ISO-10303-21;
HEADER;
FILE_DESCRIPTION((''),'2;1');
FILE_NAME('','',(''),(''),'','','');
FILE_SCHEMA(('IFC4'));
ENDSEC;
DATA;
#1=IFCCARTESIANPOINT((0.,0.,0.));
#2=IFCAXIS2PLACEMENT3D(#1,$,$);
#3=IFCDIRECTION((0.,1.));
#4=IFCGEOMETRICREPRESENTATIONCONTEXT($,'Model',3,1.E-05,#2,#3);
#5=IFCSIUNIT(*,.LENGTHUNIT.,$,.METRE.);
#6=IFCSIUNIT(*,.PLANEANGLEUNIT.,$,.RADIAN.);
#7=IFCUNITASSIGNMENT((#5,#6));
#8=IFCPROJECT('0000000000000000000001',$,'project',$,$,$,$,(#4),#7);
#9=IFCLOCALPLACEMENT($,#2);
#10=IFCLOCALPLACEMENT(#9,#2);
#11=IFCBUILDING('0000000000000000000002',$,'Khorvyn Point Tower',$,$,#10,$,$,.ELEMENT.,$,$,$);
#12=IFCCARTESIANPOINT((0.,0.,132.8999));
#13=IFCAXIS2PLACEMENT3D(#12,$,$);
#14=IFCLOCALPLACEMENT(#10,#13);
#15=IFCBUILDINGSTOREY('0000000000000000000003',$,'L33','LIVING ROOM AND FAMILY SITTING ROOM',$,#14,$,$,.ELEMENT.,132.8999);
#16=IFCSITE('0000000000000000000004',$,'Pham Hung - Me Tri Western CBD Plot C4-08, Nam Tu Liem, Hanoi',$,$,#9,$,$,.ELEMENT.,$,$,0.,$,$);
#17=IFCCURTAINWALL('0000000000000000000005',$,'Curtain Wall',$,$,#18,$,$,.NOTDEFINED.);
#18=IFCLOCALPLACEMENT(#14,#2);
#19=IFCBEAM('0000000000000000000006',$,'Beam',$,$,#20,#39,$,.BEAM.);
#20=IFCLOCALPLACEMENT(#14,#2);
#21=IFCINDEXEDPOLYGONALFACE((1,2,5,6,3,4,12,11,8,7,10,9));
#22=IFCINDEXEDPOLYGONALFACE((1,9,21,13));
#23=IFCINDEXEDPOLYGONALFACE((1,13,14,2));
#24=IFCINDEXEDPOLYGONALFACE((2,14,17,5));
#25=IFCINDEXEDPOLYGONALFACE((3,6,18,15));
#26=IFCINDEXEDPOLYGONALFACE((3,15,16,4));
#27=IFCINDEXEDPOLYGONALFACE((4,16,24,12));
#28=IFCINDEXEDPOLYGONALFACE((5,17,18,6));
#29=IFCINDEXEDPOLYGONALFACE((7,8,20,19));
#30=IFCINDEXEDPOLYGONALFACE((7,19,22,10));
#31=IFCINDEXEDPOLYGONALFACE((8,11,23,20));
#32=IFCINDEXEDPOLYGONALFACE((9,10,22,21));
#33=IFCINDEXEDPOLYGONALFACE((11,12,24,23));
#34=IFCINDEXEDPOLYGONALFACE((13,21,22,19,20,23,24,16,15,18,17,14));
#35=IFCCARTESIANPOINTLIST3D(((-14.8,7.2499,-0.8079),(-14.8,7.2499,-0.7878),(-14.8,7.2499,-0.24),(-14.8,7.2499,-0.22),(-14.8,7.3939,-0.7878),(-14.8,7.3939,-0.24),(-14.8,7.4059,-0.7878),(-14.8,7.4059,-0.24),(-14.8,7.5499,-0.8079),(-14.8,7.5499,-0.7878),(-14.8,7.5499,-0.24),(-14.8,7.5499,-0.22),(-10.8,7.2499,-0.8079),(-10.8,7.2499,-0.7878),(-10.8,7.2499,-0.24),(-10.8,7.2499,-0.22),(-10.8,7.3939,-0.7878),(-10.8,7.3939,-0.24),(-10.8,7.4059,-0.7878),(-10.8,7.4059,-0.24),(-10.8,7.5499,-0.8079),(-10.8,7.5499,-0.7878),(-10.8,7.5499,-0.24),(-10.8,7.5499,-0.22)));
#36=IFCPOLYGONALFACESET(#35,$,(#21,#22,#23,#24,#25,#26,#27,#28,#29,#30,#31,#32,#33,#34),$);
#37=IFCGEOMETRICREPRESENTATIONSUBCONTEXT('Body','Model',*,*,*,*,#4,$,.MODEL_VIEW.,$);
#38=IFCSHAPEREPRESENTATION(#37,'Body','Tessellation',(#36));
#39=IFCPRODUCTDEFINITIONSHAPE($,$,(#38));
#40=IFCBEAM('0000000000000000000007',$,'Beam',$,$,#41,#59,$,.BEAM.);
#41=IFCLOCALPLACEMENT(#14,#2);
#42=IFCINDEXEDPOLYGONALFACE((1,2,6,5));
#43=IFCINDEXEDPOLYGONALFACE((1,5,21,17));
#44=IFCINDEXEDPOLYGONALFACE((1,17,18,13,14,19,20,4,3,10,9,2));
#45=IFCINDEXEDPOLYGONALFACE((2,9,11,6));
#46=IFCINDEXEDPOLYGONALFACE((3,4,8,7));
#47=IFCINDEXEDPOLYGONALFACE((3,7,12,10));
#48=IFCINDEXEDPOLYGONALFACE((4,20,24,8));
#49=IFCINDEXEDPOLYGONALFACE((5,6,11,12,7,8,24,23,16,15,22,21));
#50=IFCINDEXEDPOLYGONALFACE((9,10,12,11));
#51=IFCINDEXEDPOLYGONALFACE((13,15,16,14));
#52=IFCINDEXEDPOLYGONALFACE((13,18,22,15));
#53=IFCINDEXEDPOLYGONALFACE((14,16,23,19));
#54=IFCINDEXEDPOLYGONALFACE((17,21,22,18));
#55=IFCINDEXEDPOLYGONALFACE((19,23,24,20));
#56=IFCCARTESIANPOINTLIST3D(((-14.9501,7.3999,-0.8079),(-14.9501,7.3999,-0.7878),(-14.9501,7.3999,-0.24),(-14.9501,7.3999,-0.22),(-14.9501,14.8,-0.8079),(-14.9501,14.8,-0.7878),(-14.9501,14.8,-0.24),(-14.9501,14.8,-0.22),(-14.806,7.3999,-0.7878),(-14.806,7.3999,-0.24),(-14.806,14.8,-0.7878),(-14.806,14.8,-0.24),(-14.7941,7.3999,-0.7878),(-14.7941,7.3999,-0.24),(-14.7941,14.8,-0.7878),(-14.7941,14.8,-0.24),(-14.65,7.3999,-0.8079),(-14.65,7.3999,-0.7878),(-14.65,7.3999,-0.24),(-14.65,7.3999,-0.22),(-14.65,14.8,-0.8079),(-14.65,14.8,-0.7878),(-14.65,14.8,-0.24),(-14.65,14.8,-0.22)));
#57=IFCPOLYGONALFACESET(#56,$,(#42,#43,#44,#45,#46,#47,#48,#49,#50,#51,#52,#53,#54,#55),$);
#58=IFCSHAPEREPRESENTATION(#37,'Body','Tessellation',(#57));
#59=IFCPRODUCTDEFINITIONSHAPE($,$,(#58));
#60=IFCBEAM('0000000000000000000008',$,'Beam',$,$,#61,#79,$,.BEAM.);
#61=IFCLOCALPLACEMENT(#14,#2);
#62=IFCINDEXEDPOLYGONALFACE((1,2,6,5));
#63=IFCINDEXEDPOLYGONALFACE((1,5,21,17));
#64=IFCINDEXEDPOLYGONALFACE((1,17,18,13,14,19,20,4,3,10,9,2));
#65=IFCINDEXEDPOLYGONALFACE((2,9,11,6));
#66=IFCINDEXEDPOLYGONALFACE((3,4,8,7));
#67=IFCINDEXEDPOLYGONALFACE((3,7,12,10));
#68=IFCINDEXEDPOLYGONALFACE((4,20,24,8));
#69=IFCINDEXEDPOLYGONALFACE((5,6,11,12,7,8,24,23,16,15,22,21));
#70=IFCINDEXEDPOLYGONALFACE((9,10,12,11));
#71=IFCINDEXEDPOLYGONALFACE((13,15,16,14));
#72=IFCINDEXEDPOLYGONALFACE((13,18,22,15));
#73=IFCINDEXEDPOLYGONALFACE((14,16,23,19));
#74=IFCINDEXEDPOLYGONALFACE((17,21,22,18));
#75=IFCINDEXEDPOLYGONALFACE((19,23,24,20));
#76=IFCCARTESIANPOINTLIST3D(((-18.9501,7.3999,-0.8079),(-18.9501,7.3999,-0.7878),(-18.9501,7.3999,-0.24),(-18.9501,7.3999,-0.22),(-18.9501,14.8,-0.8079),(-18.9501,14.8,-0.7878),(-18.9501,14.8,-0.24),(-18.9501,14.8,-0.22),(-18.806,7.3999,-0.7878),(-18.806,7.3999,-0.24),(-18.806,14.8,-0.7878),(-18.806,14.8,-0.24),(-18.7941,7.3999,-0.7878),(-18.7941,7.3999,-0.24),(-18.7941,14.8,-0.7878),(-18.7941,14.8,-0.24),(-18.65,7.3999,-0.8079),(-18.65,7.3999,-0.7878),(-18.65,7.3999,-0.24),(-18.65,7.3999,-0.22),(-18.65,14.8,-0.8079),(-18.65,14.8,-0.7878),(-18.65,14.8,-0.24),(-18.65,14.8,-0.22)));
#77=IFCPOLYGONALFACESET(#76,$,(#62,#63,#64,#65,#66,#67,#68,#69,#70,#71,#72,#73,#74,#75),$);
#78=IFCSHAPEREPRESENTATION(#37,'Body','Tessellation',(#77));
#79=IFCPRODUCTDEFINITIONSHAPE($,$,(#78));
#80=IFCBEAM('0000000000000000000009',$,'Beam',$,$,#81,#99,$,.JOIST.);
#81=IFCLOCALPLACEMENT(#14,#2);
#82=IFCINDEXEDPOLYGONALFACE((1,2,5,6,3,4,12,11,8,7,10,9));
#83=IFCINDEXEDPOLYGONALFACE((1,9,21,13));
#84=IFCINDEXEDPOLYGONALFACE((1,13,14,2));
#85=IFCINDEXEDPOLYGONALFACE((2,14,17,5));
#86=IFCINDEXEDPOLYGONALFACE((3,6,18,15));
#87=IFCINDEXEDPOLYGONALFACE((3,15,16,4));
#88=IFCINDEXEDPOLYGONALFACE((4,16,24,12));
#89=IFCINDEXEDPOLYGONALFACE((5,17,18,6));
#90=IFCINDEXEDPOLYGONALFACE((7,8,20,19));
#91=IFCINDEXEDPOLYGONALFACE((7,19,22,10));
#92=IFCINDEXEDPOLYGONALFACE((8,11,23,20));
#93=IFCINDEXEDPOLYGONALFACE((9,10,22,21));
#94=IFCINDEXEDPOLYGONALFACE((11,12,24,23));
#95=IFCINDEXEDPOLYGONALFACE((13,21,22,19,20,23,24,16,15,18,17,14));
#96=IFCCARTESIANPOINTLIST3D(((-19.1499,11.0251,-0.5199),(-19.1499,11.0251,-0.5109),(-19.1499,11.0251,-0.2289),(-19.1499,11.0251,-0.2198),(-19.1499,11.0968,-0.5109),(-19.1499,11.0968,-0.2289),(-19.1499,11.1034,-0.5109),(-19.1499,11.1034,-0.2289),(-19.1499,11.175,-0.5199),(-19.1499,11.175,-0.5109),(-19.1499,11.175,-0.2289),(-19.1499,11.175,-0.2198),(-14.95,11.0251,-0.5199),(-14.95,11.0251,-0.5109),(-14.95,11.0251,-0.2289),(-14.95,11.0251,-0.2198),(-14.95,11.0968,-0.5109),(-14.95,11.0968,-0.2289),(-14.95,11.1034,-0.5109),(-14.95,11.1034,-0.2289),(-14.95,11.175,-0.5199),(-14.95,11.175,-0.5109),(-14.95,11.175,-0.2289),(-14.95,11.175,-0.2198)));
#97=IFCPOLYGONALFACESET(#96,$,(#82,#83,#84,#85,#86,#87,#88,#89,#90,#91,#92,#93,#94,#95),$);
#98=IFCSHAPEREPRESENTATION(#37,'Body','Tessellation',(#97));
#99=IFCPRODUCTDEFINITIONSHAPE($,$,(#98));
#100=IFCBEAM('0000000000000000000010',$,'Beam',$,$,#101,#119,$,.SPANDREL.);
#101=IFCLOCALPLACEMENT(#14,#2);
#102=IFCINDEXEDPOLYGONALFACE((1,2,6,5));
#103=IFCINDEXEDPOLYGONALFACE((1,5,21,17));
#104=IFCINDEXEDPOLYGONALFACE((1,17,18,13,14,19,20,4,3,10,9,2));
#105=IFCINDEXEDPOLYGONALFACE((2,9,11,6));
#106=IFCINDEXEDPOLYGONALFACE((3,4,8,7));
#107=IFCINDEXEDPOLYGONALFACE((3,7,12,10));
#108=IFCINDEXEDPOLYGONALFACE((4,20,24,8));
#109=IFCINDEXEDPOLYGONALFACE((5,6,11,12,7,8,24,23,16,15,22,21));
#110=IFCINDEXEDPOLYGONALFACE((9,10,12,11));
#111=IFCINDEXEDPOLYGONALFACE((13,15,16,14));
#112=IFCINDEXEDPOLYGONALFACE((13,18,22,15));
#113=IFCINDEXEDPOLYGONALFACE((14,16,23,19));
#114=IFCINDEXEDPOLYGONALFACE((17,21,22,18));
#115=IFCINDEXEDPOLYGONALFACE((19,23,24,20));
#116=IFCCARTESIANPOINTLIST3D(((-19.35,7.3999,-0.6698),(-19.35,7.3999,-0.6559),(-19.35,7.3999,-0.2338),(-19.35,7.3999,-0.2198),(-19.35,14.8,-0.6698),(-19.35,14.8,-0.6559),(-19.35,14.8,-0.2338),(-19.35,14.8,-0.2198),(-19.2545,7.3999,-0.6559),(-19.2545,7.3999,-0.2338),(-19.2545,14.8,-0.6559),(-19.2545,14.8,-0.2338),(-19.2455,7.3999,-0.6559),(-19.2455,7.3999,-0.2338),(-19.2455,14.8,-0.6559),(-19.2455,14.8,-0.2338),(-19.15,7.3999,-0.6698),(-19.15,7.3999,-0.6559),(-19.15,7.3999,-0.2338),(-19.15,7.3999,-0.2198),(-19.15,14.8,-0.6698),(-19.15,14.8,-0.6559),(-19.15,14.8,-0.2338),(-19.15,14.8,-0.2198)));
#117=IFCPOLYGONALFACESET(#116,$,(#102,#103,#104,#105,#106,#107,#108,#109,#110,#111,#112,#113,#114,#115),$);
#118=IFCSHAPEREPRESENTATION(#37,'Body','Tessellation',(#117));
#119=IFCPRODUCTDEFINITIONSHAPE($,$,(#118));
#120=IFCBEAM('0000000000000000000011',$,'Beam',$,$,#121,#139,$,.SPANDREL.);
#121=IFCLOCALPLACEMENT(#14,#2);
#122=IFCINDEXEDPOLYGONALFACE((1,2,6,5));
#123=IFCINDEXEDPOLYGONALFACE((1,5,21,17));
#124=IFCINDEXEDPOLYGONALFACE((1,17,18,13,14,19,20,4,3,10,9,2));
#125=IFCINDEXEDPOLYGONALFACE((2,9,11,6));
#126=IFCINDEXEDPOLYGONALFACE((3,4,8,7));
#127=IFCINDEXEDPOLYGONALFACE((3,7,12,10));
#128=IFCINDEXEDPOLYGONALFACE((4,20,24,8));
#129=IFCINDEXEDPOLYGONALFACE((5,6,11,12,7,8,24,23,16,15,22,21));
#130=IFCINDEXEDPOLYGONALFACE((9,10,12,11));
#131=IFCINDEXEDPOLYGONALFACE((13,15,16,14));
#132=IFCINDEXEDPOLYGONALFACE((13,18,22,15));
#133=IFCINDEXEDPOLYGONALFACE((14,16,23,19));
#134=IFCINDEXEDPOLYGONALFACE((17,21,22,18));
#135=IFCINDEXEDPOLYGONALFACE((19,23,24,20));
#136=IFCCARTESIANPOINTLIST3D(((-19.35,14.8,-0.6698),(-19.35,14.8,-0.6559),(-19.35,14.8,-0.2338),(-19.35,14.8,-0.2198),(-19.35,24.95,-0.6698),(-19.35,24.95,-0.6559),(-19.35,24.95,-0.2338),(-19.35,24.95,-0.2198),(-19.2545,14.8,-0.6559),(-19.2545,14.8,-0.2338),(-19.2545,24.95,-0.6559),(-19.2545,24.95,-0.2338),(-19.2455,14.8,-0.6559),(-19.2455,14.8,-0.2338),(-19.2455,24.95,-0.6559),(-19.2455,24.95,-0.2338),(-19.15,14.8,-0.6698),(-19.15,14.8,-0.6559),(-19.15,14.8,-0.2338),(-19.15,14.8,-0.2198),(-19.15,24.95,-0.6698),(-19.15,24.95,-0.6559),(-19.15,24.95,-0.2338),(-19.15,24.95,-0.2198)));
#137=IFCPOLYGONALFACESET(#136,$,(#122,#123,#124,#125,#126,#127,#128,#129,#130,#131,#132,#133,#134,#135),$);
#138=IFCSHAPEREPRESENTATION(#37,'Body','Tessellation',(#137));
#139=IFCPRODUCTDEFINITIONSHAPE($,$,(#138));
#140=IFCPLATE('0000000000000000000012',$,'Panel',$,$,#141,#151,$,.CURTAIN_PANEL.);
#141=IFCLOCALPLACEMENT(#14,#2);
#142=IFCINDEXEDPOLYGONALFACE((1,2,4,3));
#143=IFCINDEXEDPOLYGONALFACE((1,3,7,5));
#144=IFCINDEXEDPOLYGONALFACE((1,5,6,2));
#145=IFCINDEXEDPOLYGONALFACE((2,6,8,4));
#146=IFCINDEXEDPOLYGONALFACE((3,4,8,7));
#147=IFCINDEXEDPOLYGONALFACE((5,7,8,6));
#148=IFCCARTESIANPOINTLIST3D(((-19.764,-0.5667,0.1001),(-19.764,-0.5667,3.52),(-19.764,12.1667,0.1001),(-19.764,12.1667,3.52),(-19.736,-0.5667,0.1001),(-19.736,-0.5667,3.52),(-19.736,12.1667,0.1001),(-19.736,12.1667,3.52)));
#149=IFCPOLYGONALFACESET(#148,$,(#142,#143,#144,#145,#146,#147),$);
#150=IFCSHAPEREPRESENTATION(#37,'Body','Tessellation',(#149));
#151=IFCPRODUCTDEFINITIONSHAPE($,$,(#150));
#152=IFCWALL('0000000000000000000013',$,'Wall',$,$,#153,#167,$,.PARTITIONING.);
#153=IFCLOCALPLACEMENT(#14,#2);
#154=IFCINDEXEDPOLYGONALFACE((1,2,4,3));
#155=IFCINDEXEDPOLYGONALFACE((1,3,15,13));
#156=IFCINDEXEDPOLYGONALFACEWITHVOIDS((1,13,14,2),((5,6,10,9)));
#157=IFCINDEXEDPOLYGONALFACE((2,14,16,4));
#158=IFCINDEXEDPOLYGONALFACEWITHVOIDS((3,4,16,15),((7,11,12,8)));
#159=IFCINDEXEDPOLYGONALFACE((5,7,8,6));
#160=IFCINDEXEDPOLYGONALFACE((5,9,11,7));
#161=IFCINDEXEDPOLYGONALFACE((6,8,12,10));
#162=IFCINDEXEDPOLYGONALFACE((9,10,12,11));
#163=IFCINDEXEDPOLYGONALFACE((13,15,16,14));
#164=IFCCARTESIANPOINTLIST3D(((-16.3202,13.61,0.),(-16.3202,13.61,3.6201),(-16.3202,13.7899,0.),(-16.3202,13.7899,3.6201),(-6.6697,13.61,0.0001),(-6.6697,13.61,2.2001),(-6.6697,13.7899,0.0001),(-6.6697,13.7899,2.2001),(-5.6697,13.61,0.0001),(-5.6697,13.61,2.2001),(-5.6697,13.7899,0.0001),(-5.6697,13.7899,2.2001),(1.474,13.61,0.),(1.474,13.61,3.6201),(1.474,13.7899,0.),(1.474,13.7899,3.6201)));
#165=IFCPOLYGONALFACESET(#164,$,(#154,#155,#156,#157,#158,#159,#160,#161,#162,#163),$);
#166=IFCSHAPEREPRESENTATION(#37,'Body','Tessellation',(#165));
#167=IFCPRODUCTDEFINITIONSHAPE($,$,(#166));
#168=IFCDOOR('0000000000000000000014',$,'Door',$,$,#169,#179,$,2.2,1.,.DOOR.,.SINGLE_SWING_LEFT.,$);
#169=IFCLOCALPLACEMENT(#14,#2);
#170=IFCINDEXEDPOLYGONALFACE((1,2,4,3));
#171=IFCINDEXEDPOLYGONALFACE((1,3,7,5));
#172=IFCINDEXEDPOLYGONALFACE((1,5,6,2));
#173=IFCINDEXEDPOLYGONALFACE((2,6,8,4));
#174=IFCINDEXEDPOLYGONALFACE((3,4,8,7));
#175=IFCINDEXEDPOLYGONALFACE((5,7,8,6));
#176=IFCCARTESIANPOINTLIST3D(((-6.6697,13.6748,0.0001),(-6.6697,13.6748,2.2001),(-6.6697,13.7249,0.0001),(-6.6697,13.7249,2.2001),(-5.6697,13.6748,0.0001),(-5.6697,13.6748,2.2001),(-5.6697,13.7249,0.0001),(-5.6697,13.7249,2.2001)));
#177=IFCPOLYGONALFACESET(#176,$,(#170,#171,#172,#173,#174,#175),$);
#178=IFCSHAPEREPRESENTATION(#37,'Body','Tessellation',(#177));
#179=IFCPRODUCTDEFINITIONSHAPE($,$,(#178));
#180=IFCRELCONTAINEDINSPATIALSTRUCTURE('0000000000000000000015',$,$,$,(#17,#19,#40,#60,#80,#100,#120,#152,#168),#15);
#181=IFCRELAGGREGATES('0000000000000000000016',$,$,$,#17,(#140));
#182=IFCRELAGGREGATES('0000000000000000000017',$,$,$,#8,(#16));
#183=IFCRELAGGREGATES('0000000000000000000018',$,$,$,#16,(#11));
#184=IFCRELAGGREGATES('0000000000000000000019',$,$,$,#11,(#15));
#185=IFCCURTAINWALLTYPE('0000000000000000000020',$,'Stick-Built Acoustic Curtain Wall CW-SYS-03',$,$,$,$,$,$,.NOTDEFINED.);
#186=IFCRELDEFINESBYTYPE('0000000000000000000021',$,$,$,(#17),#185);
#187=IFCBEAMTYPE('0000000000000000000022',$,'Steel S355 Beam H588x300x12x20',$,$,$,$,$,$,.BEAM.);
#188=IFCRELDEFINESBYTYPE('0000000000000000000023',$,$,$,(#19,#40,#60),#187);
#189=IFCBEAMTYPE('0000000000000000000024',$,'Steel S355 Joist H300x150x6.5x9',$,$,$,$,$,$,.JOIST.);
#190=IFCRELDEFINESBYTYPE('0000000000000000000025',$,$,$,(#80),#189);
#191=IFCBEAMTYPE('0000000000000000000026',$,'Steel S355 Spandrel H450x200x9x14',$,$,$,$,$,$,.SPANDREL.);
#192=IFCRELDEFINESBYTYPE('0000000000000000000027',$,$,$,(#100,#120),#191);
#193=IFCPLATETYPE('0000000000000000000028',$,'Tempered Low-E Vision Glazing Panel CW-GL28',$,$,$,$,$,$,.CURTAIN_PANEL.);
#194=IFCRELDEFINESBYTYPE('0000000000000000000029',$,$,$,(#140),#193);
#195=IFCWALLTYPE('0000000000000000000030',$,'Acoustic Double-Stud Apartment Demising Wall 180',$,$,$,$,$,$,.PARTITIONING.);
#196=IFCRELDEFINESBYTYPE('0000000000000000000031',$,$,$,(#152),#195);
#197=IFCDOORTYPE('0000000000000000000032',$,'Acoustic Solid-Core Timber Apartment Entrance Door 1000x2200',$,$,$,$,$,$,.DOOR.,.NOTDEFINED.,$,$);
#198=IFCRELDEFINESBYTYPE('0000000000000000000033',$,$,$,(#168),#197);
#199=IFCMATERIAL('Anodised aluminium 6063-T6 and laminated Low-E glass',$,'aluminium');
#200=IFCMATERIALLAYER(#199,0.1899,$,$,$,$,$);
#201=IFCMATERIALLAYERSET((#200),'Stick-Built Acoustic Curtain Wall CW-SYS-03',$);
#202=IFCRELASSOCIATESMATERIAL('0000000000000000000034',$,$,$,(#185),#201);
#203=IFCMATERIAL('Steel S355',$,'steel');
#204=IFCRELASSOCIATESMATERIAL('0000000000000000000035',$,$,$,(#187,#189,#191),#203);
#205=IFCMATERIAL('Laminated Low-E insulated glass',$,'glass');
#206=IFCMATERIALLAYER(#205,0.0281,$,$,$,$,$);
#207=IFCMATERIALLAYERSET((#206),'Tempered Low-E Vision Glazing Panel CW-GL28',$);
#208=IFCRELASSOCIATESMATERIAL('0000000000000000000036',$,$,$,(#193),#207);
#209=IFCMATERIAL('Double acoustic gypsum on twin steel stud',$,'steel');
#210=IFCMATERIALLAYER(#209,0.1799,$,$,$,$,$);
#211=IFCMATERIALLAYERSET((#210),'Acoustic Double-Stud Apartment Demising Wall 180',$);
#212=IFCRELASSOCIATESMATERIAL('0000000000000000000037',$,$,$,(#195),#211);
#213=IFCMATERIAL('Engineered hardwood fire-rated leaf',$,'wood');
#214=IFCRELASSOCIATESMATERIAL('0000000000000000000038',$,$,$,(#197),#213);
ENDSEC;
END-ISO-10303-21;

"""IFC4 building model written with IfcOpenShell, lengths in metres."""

from ifc_helpers import new_model, si_unit, direction, frame, frame_2d, origin, origin_2d, place, context, subcontext, project, spatial, rectangle, i_section, extrude, material, layer, layer_set, material_profile, profile_set, type_object, element, fill, aggregate, save


model = new_model("IFC4")

# Units and contexts
model_context = context("Model", 3, precision=1e-05, world=origin(), true_north=direction((0.0, 1.0)))
body_context = subcontext(model_context, "Body", "Model", "MODEL_VIEW")
ifc_project = project(units=[si_unit("LENGTHUNIT", "METRE"), si_unit("PLANEANGLEUNIT", "RADIAN")], contexts=[model_context])

# Site, building, storey
site_placement = place(None, origin())
site = spatial("IfcSite", under=ifc_project, at=site_placement, Name="Pham Hung - Me Tri Western CBD Plot C4-08, Nam Tu Liem, Hanoi", CompositionType="ELEMENT", RefElevation=0.0)
building_placement = place(site_placement, origin())
building = spatial("IfcBuilding", under=site, at=building_placement, Name="Khorvyn Point Tower", CompositionType="ELEMENT")
storey_placement = place(building_placement, frame((0.0, 0.0, 132.8999)))
storey = spatial("IfcBuildingStorey", under=building, at=storey_placement, Name="L33", Description="LIVING ROOM AND FAMILY SITTING ROOM", CompositionType="ELEMENT", Elevation=132.8999)

# Curtain wall
ifc_material_1 = material(Name="Anodised aluminium 6063-T6 and laminated Low-E glass", Category="aluminium")
ifc_layer_1 = layer(ifc_material_1, 0.1899)
ifc_layer_set_1 = layer_set([ifc_layer_1], Name="Stick-Built Acoustic Curtain Wall CW-SYS-03")
curtain_wall_type = type_object("IfcCurtainWallType", Name="Stick-Built Acoustic Curtain Wall CW-SYS-03", PredefinedType="NOTDEFINED", material=ifc_layer_set_1)
curtain_wall_placement = place(storey_placement, origin())
curtain_wall = element("IfcCurtainWall", 1, at=curtain_wall_placement, inside=storey, type_object=curtain_wall_type, Name="Curtain Wall", PredefinedType="NOTDEFINED")

# Beams
ifc_material_2 = material(Name="Steel S355", Category="steel")
ifc_material_profile_1 = material_profile(ifc_material_2, i_section(OverallWidth=0.3, OverallDepth=0.5879, WebThickness=0.012, FlangeThickness=0.02, at=origin_2d()))
ifc_profile_set_1 = profile_set([ifc_material_profile_1], Name="Steel S355 H588x300x12x20")
beam_type_1 = type_object("IfcBeamType", Name="Steel S355 Beam H588x300x12x20", PredefinedType="BEAM", material=ifc_profile_set_1)
beam_1_placement = place(storey_placement, frame((-14.8, 7.3999, -0.5139), z_axis=(1.0, 0.0, 0.0), x_axis=(0.0, 1.0, 0.0)))
element("IfcBeam", 2, at=beam_1_placement, inside=storey, type_object=beam_type_1, Name="Beam", PredefinedType="BEAM", context=body_context, shape_type="SweptSolid", body=[
    extrude(i_section(OverallWidth=0.3, OverallDepth=0.5879, WebThickness=0.012, FlangeThickness=0.02, at=origin_2d()), origin(), (0.0, 0.0, 1.0), 4.0),
])
for number, where, z_axis, x_axis, name in (
    (3, (-14.8, 7.3999, -0.5139), (0.0, 1.0, 0.0), (-1.0, 0.0, 0.0), "Beam"),
    (4, (-18.8, 7.3999, -0.5139), (0.0, 1.0, 0.0), (-1.0, 0.0, 0.0), "Beam"),
):
    element("IfcBeam", number, at=place(storey_placement, frame(where, z_axis=z_axis, x_axis=x_axis)), inside=storey, type_object=beam_type_1, Name=name, PredefinedType="BEAM", context=body_context, shape_type="SweptSolid", body=[
        extrude(i_section(OverallWidth=0.3, OverallDepth=0.5879, WebThickness=0.012, FlangeThickness=0.02, at=origin_2d()), origin(), (0.0, 0.0, 1.0), 7.4001),
    ])
ifc_material_profile_2 = material_profile(ifc_material_2, i_section(OverallWidth=0.1499, OverallDepth=0.3, WebThickness=0.0066, FlangeThickness=0.009, at=origin_2d()))
ifc_profile_set_2 = profile_set([ifc_material_profile_2], Name="Steel S355 H300x150x6.5x9")
beam_type_2 = type_object("IfcBeamType", Name="Steel S355 Joist H300x150x6.5x9", PredefinedType="JOIST", material=ifc_profile_set_2)
beam_2_placement = place(storey_placement, frame((-19.1499, 11.1001, -0.3699), z_axis=(1.0, 0.0, 0.0), x_axis=(0.0, 1.0, 0.0)))
element("IfcBeam", 5, at=beam_2_placement, inside=storey, type_object=beam_type_2, Name="Beam", PredefinedType="JOIST", context=body_context, shape_type="SweptSolid", body=[
    extrude(i_section(OverallWidth=0.1499, OverallDepth=0.3, WebThickness=0.0066, FlangeThickness=0.009, at=origin_2d()), origin(), (0.0, 0.0, 1.0), 4.2),
])
ifc_material_profile_3 = material_profile(ifc_material_2, i_section(OverallWidth=0.2, OverallDepth=0.45, WebThickness=0.009, FlangeThickness=0.0139, at=origin_2d()))
ifc_profile_set_3 = profile_set([ifc_material_profile_3], Name="Steel S355 H450x200x9x14")
beam_type_3 = type_object("IfcBeamType", Name="Steel S355 Spandrel H450x200x9x14", PredefinedType="SPANDREL", material=ifc_profile_set_3)
beam_3_placement = place(storey_placement, frame((-19.25, 7.3999, -0.4448), z_axis=(0.0, 1.0, 0.0), x_axis=(-1.0, 0.0, 0.0)))
element("IfcBeam", 6, at=beam_3_placement, inside=storey, type_object=beam_type_3, Name="Beam", PredefinedType="SPANDREL", context=body_context, shape_type="SweptSolid", body=[
    extrude(i_section(OverallWidth=0.2, OverallDepth=0.45, WebThickness=0.009, FlangeThickness=0.0139, at=origin_2d()), origin(), (0.0, 0.0, 1.0), 7.4001),
])
beam_4_placement = place(storey_placement, frame((-19.25, 14.8, -0.4448), z_axis=(0.0, 1.0, 0.0), x_axis=(-1.0, 0.0, 0.0)))
element("IfcBeam", 7, at=beam_4_placement, inside=storey, type_object=beam_type_3, Name="Beam", PredefinedType="SPANDREL", context=body_context, shape_type="SweptSolid", body=[
    extrude(i_section(OverallWidth=0.2, OverallDepth=0.45, WebThickness=0.009, FlangeThickness=0.0139, at=origin_2d()), origin(), (0.0, 0.0, 1.0), 10.1499),
])

# Plate
ifc_material_3 = material(Name="Laminated Low-E insulated glass", Category="glass")
ifc_layer_2 = layer(ifc_material_3, 0.0281)
ifc_layer_set_2 = layer_set([ifc_layer_2], Name="Tempered Low-E Vision Glazing Panel CW-GL28")
plate_type = type_object("IfcPlateType", Name="Tempered Low-E Vision Glazing Panel CW-GL28", PredefinedType="CURTAIN_PANEL", material=ifc_layer_set_2)
plate_placement = place(storey_placement, frame((-19.75, 5.8, 0.1001), z_axis=(0.0, 0.0, 1.0), x_axis=(0.0, 1.0, 0.0)))
plate = element("IfcPlate", 8, at=plate_placement, type_object=plate_type, Name="Panel", PredefinedType="CURTAIN_PANEL", context=body_context, shape_type="SweptSolid", body=[
    extrude(rectangle(XDim=12.7334, YDim=0.0281, at=origin_2d()), origin(), (0.0, 0.0, 1.0), 3.4199),
])
aggregate(curtain_wall, [plate])

# Wall, opening, door
ifc_material_4 = material(Name="Double acoustic gypsum on twin steel stud", Category="steel")
ifc_layer_3 = layer(ifc_material_4, 0.1799)
ifc_layer_set_3 = layer_set([ifc_layer_3], Name="Acoustic Double-Stud Apartment Demising Wall 180")
wall_type_1 = type_object("IfcWallType", Name="Acoustic Double-Stud Apartment Demising Wall 180", PredefinedType="PARTITIONING", material=ifc_layer_set_3)
wall_1_placement = place(storey_placement, frame((-16.3201, 13.7, 0.0), z_axis=(0.0, 0.0, 1.0), x_axis=(1.0, 0.0, 0.0)))
wall_1 = element("IfcWall", 9, at=wall_1_placement, inside=storey, type_object=wall_type_1, Name="Wall", PredefinedType="PARTITIONING", context=body_context, shape_type="SweptSolid", body=[
    extrude(rectangle(XDim=17.7942, YDim=0.1799, at=frame_2d((8.897, 0.0))), origin(), (0.0, 0.0, 1.0), 3.6201),
])
opening_1_placement = place(wall_1_placement, frame((9.6504, 0.0, 0.0)))
opening_1 = element("IfcOpeningElement", 10, at=opening_1_placement, cuts=wall_1, PredefinedType="OPENING", context=body_context, shape_type="SweptSolid", body=[
    extrude(rectangle(XDim=1.0, YDim=2.2, at=frame_2d((0.5, 1.1001))), frame((0.0, 0.0999, 0.0), z_axis=(0.0, -1.0, 0.0), x_axis=(1.0, 0.0, 0.0)), (0.0, 0.0, 1.0), 0.2),
])
ifc_material_5 = material(Name="Engineered hardwood fire-rated leaf", Category="wood")
door_type_1 = type_object("IfcDoorType", Name="Acoustic Solid-Core Timber Apartment Entrance Door 1000x2200", OperationType="NOTDEFINED", PredefinedType="DOOR", material=ifc_material_5)
door_1_placement = place(opening_1_placement, origin())
door_1 = element("IfcDoor", 11, at=door_1_placement, inside=storey, type_object=door_type_1, Name="Door", OperationType="SINGLE_SWING_LEFT", OverallHeight=2.2, OverallWidth=1.0, PredefinedType="DOOR", context=body_context, shape_type="SweptSolid", body=[
    extrude(rectangle(XDim=1.0, YDim=2.2, at=frame_2d((0.5, 1.1001))), frame((0.0, 0.0249, 0.0), z_axis=(0.0, -1.0, 0.0), x_axis=(1.0, 0.0, 0.0)), (0.0, 0.0, 1.0), 0.05),
])
fill(opening_1, door_1)

save(model, "model.ifc")
